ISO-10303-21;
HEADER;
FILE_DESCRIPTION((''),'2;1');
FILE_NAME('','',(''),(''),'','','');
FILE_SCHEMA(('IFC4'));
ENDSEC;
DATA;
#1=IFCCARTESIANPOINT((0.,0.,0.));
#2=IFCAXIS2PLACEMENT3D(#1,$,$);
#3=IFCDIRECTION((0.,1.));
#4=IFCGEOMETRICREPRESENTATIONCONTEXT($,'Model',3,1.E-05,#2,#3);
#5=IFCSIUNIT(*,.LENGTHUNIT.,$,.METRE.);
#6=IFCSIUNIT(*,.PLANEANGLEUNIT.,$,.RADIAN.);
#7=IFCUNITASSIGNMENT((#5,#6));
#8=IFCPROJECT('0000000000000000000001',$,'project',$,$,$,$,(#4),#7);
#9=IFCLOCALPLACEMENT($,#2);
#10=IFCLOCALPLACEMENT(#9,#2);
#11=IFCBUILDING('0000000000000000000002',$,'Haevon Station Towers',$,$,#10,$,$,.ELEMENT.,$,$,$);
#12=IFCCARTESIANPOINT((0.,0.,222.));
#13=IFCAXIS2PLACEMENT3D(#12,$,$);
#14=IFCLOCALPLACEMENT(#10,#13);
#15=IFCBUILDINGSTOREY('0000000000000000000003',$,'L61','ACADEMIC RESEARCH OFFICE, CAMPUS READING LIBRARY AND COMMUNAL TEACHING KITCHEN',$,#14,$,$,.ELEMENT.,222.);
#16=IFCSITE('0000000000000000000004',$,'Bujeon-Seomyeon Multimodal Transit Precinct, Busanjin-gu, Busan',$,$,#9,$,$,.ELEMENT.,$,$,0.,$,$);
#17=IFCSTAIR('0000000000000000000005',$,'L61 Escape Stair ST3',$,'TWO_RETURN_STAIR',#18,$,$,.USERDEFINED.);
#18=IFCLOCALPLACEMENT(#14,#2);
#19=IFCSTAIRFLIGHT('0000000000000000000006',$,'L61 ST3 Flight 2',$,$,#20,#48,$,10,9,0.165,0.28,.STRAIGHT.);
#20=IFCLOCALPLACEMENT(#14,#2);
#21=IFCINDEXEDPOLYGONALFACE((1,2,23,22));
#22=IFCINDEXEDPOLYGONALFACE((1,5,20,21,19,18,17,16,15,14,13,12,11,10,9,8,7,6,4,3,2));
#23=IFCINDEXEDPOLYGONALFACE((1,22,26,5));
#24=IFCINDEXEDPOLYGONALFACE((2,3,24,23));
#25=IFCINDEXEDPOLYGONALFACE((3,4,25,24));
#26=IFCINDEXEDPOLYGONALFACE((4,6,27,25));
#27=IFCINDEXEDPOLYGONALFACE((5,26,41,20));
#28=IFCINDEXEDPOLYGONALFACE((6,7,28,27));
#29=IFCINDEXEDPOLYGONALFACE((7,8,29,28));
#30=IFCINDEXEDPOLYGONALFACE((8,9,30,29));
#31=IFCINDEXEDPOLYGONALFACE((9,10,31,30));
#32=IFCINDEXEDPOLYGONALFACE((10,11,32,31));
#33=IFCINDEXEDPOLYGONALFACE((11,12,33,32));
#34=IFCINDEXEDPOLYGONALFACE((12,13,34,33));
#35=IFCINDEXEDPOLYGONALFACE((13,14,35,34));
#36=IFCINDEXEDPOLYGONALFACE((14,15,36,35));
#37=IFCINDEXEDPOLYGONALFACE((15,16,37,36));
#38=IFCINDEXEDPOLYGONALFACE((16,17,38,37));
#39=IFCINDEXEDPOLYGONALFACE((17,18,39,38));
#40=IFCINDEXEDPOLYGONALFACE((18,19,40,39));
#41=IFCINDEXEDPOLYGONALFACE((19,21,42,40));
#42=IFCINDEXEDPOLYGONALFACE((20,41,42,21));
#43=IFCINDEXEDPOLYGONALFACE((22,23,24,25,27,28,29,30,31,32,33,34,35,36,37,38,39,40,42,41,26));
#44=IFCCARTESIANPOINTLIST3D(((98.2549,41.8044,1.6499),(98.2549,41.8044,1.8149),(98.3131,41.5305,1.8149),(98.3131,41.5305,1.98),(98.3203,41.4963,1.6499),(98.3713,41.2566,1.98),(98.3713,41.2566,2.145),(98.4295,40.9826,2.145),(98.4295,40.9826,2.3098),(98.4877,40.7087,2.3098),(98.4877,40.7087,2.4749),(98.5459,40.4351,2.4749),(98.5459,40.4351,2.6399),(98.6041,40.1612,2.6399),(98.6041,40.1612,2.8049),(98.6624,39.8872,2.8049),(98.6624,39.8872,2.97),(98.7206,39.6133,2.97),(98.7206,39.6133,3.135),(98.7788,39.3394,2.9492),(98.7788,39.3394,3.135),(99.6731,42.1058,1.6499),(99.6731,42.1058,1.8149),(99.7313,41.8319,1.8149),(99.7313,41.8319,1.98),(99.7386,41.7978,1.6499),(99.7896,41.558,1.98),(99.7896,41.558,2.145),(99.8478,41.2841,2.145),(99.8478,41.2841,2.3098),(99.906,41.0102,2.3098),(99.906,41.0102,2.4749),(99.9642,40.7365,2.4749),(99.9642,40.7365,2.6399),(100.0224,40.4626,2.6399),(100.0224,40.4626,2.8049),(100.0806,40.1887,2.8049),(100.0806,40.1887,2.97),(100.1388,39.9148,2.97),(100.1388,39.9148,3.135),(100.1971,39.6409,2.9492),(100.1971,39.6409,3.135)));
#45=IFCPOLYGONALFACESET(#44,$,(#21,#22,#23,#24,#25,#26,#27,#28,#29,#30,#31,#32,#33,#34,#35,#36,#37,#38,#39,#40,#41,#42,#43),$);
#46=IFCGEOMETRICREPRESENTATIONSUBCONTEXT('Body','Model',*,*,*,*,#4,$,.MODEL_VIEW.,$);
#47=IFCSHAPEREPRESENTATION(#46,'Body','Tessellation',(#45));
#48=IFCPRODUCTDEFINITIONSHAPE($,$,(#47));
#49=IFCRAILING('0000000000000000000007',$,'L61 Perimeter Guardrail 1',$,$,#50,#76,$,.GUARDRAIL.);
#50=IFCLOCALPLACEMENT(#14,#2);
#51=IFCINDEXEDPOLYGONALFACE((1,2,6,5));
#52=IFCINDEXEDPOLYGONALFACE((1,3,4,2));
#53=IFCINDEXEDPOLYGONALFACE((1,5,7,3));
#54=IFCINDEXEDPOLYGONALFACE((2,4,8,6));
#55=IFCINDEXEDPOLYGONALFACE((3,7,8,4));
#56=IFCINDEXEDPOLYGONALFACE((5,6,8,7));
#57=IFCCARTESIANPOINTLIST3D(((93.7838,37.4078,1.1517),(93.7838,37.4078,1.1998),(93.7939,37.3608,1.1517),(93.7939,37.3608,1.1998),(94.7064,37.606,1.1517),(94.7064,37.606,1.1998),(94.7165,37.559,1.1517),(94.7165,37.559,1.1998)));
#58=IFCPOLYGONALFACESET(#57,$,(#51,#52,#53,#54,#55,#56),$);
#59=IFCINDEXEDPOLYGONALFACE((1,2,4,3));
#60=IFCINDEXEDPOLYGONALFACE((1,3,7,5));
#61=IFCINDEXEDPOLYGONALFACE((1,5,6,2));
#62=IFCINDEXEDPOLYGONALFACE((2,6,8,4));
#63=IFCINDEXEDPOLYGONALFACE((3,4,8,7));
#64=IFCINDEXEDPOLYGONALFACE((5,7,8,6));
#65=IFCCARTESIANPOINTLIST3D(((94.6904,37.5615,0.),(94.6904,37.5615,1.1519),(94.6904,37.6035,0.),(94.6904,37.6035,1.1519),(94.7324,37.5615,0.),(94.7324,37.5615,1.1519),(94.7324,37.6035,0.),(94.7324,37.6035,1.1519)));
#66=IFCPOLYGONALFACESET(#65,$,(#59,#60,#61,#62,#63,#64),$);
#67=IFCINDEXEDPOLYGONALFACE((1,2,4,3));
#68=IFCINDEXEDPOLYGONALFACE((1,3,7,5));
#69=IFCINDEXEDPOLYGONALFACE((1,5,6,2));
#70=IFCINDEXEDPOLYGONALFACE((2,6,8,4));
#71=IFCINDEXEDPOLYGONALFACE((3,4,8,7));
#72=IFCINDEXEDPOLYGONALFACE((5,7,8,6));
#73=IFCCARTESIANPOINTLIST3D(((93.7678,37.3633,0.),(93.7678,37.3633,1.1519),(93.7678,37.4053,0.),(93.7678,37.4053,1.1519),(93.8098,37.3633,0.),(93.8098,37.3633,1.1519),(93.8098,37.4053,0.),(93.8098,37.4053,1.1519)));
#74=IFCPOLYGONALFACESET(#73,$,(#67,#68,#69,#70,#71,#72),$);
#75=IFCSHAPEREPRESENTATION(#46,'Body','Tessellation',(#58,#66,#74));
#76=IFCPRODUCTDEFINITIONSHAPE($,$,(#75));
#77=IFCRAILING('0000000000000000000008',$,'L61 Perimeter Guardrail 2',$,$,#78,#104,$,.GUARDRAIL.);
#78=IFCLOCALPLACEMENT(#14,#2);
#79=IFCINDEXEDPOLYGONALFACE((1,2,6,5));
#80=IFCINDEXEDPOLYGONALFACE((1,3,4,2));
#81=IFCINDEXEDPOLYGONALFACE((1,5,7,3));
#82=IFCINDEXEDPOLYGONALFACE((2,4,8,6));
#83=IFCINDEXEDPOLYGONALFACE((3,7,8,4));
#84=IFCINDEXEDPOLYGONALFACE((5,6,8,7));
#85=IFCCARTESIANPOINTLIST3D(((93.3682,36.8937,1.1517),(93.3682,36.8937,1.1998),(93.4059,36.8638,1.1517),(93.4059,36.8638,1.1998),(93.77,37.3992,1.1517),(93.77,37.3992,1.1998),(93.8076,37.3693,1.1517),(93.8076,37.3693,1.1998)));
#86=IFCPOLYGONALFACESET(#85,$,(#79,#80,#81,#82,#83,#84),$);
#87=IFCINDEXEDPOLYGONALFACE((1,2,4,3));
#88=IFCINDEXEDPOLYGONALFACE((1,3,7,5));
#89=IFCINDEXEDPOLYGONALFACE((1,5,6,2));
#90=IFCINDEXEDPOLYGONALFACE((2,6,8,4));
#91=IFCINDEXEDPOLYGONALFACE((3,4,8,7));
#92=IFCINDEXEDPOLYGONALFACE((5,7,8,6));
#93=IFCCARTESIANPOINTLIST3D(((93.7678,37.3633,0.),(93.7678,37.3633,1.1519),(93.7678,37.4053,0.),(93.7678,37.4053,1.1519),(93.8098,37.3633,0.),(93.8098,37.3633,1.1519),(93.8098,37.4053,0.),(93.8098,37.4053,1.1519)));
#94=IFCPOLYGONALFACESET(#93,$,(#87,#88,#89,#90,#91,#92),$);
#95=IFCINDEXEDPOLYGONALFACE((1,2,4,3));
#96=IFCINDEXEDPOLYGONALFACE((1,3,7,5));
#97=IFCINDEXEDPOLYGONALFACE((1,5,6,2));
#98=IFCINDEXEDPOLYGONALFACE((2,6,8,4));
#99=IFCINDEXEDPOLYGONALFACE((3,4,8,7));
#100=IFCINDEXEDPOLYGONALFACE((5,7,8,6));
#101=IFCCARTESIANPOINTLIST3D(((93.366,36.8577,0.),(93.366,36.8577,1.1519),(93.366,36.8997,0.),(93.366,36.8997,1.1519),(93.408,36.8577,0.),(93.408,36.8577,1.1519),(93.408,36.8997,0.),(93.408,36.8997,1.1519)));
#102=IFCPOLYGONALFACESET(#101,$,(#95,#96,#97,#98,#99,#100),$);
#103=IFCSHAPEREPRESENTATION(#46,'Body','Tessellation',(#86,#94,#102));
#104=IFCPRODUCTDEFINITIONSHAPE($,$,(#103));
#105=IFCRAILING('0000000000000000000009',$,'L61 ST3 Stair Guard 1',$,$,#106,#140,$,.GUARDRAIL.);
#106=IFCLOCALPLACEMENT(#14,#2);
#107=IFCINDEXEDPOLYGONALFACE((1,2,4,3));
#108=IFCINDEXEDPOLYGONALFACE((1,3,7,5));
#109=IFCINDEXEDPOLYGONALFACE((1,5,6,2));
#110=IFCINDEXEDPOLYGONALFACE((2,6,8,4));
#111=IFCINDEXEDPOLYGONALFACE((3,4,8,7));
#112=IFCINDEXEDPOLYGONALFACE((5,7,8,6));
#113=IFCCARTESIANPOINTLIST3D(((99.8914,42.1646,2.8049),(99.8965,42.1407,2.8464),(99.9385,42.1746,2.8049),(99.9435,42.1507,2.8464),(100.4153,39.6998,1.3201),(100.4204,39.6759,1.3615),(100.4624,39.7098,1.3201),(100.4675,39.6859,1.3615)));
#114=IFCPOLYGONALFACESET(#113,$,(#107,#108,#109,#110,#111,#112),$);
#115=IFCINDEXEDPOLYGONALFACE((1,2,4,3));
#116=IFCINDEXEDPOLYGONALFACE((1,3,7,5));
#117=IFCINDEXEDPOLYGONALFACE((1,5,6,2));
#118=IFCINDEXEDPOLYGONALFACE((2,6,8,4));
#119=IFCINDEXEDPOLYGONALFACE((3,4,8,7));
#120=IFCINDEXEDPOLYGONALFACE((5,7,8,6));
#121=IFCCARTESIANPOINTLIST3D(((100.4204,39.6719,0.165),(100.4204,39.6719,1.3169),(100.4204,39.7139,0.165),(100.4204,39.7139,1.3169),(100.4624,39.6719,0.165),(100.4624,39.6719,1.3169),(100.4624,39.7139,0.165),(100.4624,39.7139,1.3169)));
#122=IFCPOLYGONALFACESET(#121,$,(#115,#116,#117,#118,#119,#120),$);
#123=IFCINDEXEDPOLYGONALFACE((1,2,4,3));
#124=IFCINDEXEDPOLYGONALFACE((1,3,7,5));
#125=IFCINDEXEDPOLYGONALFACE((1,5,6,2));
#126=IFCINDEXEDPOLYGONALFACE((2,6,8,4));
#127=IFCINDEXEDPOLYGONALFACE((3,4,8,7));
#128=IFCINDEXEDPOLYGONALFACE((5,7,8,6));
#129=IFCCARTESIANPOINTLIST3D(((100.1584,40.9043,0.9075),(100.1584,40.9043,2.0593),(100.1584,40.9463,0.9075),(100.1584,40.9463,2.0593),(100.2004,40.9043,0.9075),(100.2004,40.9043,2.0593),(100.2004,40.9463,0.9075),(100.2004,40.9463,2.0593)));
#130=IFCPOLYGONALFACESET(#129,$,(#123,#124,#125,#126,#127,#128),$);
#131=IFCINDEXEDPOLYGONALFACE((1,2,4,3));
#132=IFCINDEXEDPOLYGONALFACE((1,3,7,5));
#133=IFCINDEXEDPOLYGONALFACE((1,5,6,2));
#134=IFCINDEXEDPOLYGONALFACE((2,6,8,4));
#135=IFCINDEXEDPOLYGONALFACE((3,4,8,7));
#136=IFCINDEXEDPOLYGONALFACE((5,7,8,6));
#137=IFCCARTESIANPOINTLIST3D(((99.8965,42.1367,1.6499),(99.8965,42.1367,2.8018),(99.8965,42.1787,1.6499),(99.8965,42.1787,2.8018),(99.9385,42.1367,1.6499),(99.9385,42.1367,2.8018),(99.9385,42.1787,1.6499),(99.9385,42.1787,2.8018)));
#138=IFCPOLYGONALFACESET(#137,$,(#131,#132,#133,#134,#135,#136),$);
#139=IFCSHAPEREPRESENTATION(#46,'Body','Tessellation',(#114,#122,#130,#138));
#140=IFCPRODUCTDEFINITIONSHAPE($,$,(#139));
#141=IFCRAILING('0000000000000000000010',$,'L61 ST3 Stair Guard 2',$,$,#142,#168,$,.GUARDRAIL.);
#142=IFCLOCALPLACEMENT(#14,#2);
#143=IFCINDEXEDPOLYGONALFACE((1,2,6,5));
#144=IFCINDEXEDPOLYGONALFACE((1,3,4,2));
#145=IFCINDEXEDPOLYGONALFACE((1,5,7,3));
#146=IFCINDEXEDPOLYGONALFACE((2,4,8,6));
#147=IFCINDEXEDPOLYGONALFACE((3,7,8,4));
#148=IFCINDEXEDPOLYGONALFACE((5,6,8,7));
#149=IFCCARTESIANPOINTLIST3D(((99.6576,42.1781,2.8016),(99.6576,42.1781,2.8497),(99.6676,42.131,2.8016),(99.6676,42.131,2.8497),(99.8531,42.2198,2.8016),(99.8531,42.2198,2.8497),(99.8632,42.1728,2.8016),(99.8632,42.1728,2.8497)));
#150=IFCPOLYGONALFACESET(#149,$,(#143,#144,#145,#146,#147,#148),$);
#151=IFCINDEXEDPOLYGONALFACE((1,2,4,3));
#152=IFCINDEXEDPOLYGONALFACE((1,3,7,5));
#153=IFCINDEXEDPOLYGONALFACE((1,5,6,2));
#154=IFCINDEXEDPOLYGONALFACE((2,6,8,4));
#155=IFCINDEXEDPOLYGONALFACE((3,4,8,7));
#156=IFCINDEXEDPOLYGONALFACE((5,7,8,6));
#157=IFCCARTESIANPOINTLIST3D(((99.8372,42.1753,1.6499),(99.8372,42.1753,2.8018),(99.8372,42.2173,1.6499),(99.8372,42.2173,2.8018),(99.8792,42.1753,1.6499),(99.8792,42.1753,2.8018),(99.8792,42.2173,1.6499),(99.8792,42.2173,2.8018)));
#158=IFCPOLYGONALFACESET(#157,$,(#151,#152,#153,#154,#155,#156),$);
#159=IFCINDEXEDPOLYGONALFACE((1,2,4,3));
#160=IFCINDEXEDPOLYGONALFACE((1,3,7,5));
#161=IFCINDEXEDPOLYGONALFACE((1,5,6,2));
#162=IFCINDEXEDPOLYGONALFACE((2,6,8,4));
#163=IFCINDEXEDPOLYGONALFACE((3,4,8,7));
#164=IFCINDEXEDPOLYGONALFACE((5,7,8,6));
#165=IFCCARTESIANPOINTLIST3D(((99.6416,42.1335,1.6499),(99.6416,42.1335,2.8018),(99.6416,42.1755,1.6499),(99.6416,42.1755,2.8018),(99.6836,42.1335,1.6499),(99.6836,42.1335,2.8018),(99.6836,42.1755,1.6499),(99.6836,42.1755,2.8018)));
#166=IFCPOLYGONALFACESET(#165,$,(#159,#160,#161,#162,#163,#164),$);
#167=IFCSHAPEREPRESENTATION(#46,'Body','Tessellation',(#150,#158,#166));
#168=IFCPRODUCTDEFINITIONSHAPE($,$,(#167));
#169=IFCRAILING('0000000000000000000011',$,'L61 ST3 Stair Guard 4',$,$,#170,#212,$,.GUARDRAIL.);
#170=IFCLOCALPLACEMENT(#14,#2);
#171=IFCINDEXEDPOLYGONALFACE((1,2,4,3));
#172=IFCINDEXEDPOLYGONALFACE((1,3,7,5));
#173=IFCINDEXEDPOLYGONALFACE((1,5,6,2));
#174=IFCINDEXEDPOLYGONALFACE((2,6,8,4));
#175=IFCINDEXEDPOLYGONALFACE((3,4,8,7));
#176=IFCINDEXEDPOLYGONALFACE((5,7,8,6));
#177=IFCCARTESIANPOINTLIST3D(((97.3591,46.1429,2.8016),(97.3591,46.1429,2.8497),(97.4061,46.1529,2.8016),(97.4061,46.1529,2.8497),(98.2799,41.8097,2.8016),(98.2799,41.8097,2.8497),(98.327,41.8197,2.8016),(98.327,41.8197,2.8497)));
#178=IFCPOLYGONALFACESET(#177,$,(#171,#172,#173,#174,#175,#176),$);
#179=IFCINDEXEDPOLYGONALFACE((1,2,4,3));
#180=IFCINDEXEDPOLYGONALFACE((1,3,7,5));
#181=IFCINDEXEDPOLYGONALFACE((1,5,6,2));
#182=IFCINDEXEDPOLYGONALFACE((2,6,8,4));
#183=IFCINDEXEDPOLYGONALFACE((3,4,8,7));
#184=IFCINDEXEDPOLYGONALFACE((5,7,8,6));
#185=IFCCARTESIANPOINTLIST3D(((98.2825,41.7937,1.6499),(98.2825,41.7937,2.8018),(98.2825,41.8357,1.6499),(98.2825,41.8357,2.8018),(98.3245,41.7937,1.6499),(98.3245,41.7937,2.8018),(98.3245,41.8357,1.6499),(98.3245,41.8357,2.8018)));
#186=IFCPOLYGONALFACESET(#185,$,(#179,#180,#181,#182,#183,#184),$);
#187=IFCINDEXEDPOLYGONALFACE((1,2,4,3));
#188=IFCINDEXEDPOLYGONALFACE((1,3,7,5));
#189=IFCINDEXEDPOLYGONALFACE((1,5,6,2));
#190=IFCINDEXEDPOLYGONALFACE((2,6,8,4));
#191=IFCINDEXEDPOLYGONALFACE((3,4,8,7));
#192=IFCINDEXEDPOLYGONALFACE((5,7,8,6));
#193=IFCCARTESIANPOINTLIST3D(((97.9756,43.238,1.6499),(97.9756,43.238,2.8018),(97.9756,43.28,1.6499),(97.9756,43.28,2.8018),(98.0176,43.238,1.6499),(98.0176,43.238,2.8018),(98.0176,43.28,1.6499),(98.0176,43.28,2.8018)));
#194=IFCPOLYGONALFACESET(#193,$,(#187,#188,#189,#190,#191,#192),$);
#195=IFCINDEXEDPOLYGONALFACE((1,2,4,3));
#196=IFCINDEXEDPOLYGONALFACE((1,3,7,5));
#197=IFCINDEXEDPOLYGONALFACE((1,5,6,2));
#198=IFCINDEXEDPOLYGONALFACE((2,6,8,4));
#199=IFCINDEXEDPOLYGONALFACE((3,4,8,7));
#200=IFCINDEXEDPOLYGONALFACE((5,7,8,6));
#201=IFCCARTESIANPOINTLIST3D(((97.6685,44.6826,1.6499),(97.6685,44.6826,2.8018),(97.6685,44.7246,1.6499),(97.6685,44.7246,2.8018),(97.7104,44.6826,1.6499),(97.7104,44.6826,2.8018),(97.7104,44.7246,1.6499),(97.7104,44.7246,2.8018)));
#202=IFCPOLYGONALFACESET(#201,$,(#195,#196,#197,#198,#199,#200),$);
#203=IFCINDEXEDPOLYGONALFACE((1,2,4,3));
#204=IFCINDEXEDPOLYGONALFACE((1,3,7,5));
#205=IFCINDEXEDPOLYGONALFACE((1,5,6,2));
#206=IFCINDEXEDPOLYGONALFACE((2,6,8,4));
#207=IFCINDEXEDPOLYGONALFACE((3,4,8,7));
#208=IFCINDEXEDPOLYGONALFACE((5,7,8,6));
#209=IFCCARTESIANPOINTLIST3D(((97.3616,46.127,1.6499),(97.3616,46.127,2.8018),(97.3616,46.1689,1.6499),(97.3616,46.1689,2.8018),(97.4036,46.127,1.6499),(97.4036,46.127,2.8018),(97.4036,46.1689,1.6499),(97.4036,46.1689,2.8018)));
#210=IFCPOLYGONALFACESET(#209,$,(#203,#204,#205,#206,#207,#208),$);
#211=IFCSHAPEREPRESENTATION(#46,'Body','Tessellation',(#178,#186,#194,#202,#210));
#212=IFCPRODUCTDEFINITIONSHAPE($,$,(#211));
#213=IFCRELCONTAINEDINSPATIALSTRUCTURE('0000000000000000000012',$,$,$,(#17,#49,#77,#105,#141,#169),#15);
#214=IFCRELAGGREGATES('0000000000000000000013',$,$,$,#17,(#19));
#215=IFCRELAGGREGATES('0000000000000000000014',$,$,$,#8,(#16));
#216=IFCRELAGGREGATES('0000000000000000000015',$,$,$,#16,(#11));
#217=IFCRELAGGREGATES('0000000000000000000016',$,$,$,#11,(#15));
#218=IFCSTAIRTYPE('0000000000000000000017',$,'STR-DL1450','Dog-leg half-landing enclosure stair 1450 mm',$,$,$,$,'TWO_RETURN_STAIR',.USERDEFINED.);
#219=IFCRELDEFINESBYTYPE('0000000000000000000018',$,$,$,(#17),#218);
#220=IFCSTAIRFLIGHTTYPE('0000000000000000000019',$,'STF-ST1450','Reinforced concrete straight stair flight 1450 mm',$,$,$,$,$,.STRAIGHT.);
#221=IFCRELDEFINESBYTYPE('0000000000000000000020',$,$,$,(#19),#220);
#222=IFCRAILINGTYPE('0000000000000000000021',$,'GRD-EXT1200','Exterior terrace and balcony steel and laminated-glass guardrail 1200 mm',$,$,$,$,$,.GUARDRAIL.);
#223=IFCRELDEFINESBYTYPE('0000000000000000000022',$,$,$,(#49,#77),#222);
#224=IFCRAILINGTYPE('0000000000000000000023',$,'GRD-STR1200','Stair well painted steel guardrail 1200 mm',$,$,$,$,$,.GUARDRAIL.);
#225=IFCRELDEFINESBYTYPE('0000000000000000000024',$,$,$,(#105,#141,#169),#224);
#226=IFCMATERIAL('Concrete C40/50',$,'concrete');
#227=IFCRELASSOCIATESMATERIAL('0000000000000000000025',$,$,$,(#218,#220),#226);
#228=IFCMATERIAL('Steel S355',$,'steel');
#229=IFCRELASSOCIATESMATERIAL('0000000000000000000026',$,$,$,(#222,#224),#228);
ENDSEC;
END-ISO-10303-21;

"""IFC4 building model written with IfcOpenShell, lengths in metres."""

from ifc_helpers import new_model, si_unit, direction, frame, origin, origin_2d, place, context, subcontext, project, spatial, polyline, rectangle, outline, extrude, material, type_object, element, aggregate, save


model = new_model("IFC4")

# Units and contexts
model_context = context("Model", 3, precision=1e-05, world=origin(), true_north=direction((0.0, 1.0)))
body_context = subcontext(model_context, "Body", "Model", "MODEL_VIEW")
ifc_project = project(units=[si_unit("LENGTHUNIT", "METRE"), si_unit("PLANEANGLEUNIT", "RADIAN")], contexts=[model_context])

# Site, building, storey
site_placement = place(None, origin())
site = spatial("IfcSite", under=ifc_project, at=site_placement, Name="Bujeon-Seomyeon Multimodal Transit Precinct, Busanjin-gu, Busan", CompositionType="ELEMENT", RefElevation=0.0)
building_placement = place(site_placement, origin())
building = spatial("IfcBuilding", under=site, at=building_placement, Name="Haevon Station Towers", CompositionType="ELEMENT")
storey_placement = place(building_placement, frame((0.0, 0.0, 222.0)))
storey = spatial("IfcBuildingStorey", under=building, at=storey_placement, Name="L61", Description="ACADEMIC RESEARCH OFFICE, CAMPUS READING LIBRARY AND COMMUNAL TEACHING KITCHEN", CompositionType="ELEMENT", Elevation=222.0)

# Shared definitions
ifc_material_1 = material(Name="Steel S355", Category="steel")

# Shared definitions
ifc_material_2 = material(Name="Concrete C40/50", Category="concrete")

# Stair, stair flight
stair_type = type_object("IfcStairType", Name="STR-DL1450", Description="Dog-leg half-landing enclosure stair 1450 mm", ElementType="TWO_RETURN_STAIR", PredefinedType="USERDEFINED", material=ifc_material_2)
stair_placement = place(storey_placement, origin())
stair = element("IfcStair", 1, at=stair_placement, inside=storey, type_object=stair_type, Name="L61 Escape Stair ST3", ObjectType="TWO_RETURN_STAIR", PredefinedType="USERDEFINED")
stair_flight_type = type_object("IfcStairFlightType", Name="STF-ST1450", Description="Reinforced concrete straight stair flight 1450 mm", PredefinedType="STRAIGHT", material=ifc_material_2)
stair_flight_placement = place(storey_placement, frame((98.9639, 41.9551, 1.6499), z_axis=(0.0, 0.0, 1.0), x_axis=(0.207912, -0.978148, 0.0)))
stair_flight = element("IfcStairFlight", 2, at=stair_flight_placement, type_object=stair_flight_type, Name="L61 ST3 Flight 2", NumberOfRisers=10, NumberOfTreads=9, PredefinedType="STRAIGHT", RiserHeight=0.165, TreadLength=0.28, context=body_context, shape_type="SweptSolid", body=[
    extrude(outline(polyline([(0.0, 0.0), (0.0, 0.165), (0.28, 0.165), (0.28, 0.3301), (0.5601, 0.3301), (0.5601, 0.4951), (0.8401, 0.4951), (0.8401, 0.6599), (1.1201, 0.6599), (1.1201, 0.825), (1.3999, 0.825), (1.3999, 0.99), (1.6799, 0.99), (1.6799, 1.155), (1.96, 1.155), (1.96, 1.3201), (2.24, 1.3201), (2.24, 1.4851), (2.52, 1.4851), (2.52, 1.6499), (2.52, 1.2993), (0.3149, 0.0), (0.0, 0.0)])), frame((0.0, 0.7251, 0.0), z_axis=(0.0, -1.0, 0.0), x_axis=(1.0, 0.0, 0.0)), (0.0, 0.0, 1.0), 1.45),
])
aggregate(stair, [stair_flight])

# Railings
railing_type_1 = type_object("IfcRailingType", Name="GRD-EXT1200", Description="Exterior terrace and balcony steel and laminated-glass guardrail 1200 mm", PredefinedType="GUARDRAIL", material=ifc_material_1)
railing_1_placement = place(storey_placement, frame((94.7114, 37.5825, 0.0)))
element("IfcRailing", 3, at=railing_1_placement, inside=storey, type_object=railing_type_1, Name="L61 Perimeter Guardrail 1", PredefinedType="GUARDRAIL", context=body_context, shape_type="SweptSolid", body=[
    extrude(rectangle(XDim=0.0481, YDim=0.0481, at=origin_2d()), frame((0.0, 0.0, 1.1758), z_axis=(-0.977685, -0.210077, 0.0), x_axis=(0.210077, -0.977685, 0.0)), (0.0, 0.0, 1.0), 0.9436),
    extrude(rectangle(XDim=0.042, YDim=0.042, at=origin_2d()), origin(), (0.0, 0.0, 1.0), 1.1519),
    extrude(rectangle(XDim=0.042, YDim=0.042, at=origin_2d()), frame((-0.9226, -0.1982, 0.0)), (0.0, 0.0, 1.0), 1.1519),
])
railing_2_placement = place(storey_placement, frame((93.7888, 37.3843, 0.0)))
element("IfcRailing", 4, at=railing_2_placement, inside=storey, type_object=railing_type_1, Name="L61 Perimeter Guardrail 2", PredefinedType="GUARDRAIL", context=body_context, shape_type="SweptSolid", body=[
    extrude(rectangle(XDim=0.0481, YDim=0.0481, at=origin_2d()), frame((0.0, 0.0, 1.1758), z_axis=(-0.622203, -0.782856, 0.0), x_axis=(0.782856, -0.622203, 0.0)), (0.0, 0.0, 1.0), 0.6458),
    extrude(rectangle(XDim=0.042, YDim=0.042, at=origin_2d()), origin(), (0.0, 0.0, 1.0), 1.1519),
    extrude(rectangle(XDim=0.042, YDim=0.042, at=origin_2d()), frame((-0.4019, -0.5056, 0.0)), (0.0, 0.0, 1.0), 1.1519),
])
railing_type_2 = type_object("IfcRailingType", Name="GRD-STR1200", Description="Stair well painted steel guardrail 1200 mm", PredefinedType="GUARDRAIL", material=ifc_material_1)
railing_3_placement = place(storey_placement, frame((100.4414, 39.6929, 0.165)))
element("IfcRailing", 5, at=railing_3_placement, inside=storey, type_object=railing_type_2, Name="L61 ST3 Stair Guard 1", PredefinedType="GUARDRAIL", context=body_context, shape_type="SweptSolid", body=[
    extrude(rectangle(XDim=0.0481, YDim=0.0481, at=origin_2d()), frame((0.0, 0.0, 1.1758), z_axis=(-0.179129, 0.842724, 0.507671), x_axis=(-0.978147, -0.207914, 0.0)), (0.0, 0.0, 1.0), 2.9248),
    extrude(rectangle(XDim=0.042, YDim=0.042, at=origin_2d()), origin(), (0.0, 0.0, 1.0), 1.1519),
    extrude(rectangle(XDim=0.042, YDim=0.042, at=origin_2d()), frame((-0.262, 1.2324, 0.7424)), (0.0, 0.0, 1.0), 1.1519),
    extrude(rectangle(XDim=0.042, YDim=0.042, at=origin_2d()), frame((-0.5239, 2.4648, 1.4849)), (0.0, 0.0, 1.0), 1.1519),
])
railing_4_placement = place(storey_placement, frame((99.8582, 42.1963, 1.6499)))
element("IfcRailing", 6, at=railing_4_placement, inside=storey, type_object=railing_type_2, Name="L61 ST3 Stair Guard 2", PredefinedType="GUARDRAIL", context=body_context, shape_type="SweptSolid", body=[
    extrude(rectangle(XDim=0.0481, YDim=0.0481, at=origin_2d()), frame((0.0, 0.0, 1.1758), z_axis=(-0.977963, -0.208779, 0.0), x_axis=(0.208779, -0.977963, 0.0)), (0.0, 0.0, 1.0), 0.2),
    extrude(rectangle(XDim=0.042, YDim=0.042, at=origin_2d()), origin(), (0.0, 0.0, 1.0), 1.1519),
    extrude(rectangle(XDim=0.042, YDim=0.042, at=origin_2d()), frame((-0.1956, -0.0417, 0.0)), (0.0, 0.0, 1.0), 1.1519),
])
railing_5_placement = place(storey_placement, frame((98.3035, 41.8147, 1.6499)))
element("IfcRailing", 7, at=railing_5_placement, inside=storey, type_object=railing_type_2, Name="L61 ST3 Stair Guard 4", PredefinedType="GUARDRAIL", context=body_context, shape_type="SweptSolid", body=[
    extrude(rectangle(XDim=0.0481, YDim=0.0481, at=origin_2d()), frame((0.0, 0.0, 1.1758), z_axis=(-0.207877, 0.978155, 0.0), x_axis=(-0.978155, -0.207877, 0.0)), (0.0, 0.0, 1.0), 4.4299),
    extrude(rectangle(XDim=0.042, YDim=0.042, at=origin_2d()), origin(), (0.0, 0.0, 1.0), 1.1519),
    extrude(rectangle(XDim=0.042, YDim=0.042, at=origin_2d()), frame((-0.3069, 1.4443, 0.0)), (0.0, 0.0, 1.0), 1.1519),
    extrude(rectangle(XDim=0.042, YDim=0.042, at=origin_2d()), frame((-0.614, 2.8889, 0.0)), (0.0, 0.0, 1.0), 1.1519),
    extrude(rectangle(XDim=0.042, YDim=0.042, at=origin_2d()), frame((-0.9209, 4.3333, 0.0)), (0.0, 0.0, 1.0), 1.1519),
])

save(model, "model.ifc")
